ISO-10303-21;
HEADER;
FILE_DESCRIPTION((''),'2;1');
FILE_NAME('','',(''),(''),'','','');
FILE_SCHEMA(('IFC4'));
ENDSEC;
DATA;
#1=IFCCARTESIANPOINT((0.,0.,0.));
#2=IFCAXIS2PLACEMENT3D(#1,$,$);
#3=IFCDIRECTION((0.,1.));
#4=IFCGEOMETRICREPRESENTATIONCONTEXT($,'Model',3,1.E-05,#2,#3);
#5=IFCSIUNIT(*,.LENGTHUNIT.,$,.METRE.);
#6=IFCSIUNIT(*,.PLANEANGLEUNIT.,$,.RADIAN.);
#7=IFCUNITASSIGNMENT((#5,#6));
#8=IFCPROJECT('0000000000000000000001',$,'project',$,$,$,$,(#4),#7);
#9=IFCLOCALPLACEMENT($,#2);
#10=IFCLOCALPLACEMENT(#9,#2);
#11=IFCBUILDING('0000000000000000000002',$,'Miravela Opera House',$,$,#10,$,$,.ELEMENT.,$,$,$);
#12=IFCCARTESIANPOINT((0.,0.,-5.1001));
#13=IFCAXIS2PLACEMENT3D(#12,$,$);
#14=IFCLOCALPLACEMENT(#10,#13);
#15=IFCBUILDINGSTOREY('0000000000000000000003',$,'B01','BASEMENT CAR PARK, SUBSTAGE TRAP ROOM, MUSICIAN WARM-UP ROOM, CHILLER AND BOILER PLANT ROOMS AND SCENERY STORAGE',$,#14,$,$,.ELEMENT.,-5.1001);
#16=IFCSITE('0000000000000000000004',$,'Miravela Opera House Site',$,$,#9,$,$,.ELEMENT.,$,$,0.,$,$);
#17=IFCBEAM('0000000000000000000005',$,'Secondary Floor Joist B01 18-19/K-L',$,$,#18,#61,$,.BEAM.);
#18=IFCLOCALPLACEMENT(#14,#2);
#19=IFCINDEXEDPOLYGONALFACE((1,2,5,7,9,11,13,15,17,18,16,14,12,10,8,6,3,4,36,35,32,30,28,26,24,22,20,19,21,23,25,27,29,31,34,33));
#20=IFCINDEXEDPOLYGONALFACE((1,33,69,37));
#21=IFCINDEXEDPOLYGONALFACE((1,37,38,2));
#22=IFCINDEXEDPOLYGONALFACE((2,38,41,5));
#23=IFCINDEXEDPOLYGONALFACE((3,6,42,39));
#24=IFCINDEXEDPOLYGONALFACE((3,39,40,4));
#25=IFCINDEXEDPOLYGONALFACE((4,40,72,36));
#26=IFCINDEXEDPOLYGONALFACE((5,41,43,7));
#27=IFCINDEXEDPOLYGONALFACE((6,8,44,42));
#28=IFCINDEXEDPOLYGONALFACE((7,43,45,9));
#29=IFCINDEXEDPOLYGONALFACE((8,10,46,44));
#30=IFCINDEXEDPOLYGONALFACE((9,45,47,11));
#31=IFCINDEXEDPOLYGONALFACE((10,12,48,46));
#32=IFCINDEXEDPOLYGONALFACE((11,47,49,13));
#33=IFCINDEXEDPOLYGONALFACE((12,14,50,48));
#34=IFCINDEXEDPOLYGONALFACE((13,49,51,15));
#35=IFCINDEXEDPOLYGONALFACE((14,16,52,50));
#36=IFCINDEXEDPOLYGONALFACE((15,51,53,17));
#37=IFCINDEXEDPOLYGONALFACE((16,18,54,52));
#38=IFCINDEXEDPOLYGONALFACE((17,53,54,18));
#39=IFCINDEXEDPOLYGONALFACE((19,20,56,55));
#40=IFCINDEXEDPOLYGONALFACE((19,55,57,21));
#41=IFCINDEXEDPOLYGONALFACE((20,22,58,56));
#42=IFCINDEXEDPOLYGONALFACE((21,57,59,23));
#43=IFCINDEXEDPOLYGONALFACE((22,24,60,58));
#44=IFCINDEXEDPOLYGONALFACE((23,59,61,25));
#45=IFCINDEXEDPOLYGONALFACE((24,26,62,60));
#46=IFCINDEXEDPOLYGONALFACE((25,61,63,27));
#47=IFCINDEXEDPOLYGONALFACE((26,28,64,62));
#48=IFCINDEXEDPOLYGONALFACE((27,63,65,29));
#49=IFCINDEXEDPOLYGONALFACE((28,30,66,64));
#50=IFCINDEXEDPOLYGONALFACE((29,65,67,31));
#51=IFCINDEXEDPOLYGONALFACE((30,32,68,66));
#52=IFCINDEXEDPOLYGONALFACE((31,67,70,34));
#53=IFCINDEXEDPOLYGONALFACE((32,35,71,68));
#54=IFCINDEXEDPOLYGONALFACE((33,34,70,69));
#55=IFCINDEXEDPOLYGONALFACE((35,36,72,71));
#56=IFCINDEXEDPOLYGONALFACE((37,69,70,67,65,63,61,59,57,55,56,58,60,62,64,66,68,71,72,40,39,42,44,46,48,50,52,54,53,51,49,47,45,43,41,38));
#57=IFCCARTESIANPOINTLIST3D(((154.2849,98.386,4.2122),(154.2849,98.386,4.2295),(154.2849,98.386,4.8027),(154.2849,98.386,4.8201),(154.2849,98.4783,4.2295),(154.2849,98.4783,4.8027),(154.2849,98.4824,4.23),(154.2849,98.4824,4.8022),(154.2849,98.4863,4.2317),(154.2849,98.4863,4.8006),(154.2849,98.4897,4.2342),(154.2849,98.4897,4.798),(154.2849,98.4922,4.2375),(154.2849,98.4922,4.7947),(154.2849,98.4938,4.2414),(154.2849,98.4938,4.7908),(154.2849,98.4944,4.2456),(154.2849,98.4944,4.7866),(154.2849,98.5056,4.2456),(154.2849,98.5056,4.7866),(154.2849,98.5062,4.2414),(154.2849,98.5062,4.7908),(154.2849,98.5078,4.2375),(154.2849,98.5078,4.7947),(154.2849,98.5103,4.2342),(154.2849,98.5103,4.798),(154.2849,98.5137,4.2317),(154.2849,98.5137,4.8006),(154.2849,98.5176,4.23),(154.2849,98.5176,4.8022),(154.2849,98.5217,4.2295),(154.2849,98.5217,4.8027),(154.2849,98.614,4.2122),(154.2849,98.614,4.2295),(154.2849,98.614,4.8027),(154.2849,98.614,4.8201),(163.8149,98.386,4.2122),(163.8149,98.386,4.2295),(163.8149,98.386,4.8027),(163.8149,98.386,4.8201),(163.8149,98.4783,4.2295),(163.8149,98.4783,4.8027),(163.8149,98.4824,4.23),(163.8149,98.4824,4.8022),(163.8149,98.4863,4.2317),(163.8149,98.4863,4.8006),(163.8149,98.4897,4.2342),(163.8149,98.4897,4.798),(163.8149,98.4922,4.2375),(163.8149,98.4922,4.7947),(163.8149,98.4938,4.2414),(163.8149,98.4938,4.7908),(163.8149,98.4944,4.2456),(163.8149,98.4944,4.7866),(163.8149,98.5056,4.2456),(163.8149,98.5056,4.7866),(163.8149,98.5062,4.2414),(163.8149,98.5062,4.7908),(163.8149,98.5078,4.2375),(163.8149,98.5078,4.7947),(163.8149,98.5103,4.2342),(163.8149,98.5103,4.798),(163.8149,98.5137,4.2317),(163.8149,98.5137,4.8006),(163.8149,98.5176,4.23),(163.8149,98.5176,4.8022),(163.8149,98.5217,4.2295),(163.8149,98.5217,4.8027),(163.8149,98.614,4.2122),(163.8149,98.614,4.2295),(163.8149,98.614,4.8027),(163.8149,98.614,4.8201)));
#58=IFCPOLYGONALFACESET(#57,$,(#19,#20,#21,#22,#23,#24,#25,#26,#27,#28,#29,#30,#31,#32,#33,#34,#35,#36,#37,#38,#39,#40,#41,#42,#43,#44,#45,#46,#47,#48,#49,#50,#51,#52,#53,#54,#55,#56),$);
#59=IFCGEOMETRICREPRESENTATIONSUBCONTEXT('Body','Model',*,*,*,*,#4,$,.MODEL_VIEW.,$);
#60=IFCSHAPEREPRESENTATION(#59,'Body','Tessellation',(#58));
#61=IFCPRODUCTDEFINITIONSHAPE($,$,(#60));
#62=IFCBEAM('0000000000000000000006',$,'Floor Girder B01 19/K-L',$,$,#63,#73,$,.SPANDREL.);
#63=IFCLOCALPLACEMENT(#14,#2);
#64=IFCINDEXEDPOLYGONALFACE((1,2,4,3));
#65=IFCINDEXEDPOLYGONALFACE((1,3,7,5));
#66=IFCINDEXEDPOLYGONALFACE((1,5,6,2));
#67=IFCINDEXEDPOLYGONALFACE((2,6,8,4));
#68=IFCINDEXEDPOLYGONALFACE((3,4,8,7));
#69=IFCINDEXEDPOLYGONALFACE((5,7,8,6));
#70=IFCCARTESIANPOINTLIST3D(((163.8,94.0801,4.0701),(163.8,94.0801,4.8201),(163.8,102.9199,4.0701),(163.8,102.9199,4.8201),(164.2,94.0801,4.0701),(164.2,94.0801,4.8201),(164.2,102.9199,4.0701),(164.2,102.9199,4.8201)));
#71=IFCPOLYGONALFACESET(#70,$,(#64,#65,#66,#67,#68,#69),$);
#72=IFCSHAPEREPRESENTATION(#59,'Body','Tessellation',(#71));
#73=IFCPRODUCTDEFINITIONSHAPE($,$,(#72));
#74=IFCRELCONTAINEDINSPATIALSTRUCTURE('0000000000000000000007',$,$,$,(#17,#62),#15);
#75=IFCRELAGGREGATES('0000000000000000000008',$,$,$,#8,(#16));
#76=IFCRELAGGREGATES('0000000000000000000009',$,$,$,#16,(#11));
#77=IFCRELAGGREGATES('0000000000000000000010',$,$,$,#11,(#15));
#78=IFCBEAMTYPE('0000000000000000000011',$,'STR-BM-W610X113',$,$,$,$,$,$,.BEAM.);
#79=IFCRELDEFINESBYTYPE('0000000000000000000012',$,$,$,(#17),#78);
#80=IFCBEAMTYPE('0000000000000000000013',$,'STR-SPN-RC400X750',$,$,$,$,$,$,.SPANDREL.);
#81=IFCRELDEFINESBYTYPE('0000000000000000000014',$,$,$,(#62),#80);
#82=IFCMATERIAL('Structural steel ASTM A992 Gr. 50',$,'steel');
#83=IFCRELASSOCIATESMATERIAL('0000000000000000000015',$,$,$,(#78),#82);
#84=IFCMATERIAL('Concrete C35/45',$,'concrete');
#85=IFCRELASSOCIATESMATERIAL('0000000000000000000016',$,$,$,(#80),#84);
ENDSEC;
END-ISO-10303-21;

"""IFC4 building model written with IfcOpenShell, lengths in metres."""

from ifc_helpers import new_model, si_unit, direction, frame, origin, origin_2d, place, context, subcontext, project, spatial, rectangle, i_section, extrude, material, material_profile, profile_set, type_object, element, save


model = new_model("IFC4")

# Units and contexts
model_context = context("Model", 3, precision=1e-05, world=origin(), true_north=direction((0.0, 1.0)))
body_context = subcontext(model_context, "Body", "Model", "MODEL_VIEW")
ifc_project = project(units=[si_unit("LENGTHUNIT", "METRE"), si_unit("PLANEANGLEUNIT", "RADIAN")], contexts=[model_context])

# Site, building, storey
site_placement = place(None, origin())
site = spatial("IfcSite", under=ifc_project, at=site_placement, Name="Miravela Opera House Site", CompositionType="ELEMENT", RefElevation=0.0)
building_placement = place(site_placement, origin())
building = spatial("IfcBuilding", under=site, at=building_placement, Name="Miravela Opera House", CompositionType="ELEMENT")
storey_placement = place(building_placement, frame((0.0, 0.0, -5.1001)))
storey = spatial("IfcBuildingStorey", under=building, at=storey_placement, Name="B01", Description="BASEMENT CAR PARK, SUBSTAGE TRAP ROOM, MUSICIAN WARM-UP ROOM, CHILLER AND BOILER PLANT ROOMS AND SCENERY STORAGE", CompositionType="ELEMENT", Elevation=-5.1001)

# Shared definitions
ifc_material_1 = material(Name="Concrete C35/45", Category="concrete")

# Beams
ifc_material_2 = material(Name="Structural steel ASTM A992 Gr. 50", Category="steel")
ifc_material_profile_1 = material_profile(ifc_material_2, i_section(OverallWidth=0.228, OverallDepth=0.6079, WebThickness=0.0112, FlangeThickness=0.0173, FilletRadius=0.0161, at=origin_2d()), Name="W610X113")
ifc_profile_set_1 = profile_set([ifc_material_profile_1])
beam_type_1 = type_object("IfcBeamType", Name="STR-BM-W610X113", PredefinedType="BEAM", material=ifc_profile_set_1)
beam_1_placement = place(storey_placement, frame((154.2849, 98.5, 4.5161), z_axis=(1.0, 0.0, 0.0), x_axis=(0.0, 1.0, 0.0)))
element("IfcBeam", 1, at=beam_1_placement, inside=storey, type_object=beam_type_1, Name="Secondary Floor Joist B01 18-19/K-L", PredefinedType="BEAM", context=body_context, shape_type="SweptSolid", body=[
    extrude(i_section(OverallWidth=0.228, OverallDepth=0.6079, WebThickness=0.0112, FlangeThickness=0.0173, FilletRadius=0.0161, at=origin_2d()), origin(), (0.0, 0.0, 1.0), 9.53),
])
ifc_material_profile_2 = material_profile(ifc_material_1, rectangle(XDim=0.3999, YDim=0.75, at=origin_2d()), Name="RC-SPN-400X750")
ifc_profile_set_2 = profile_set([ifc_material_profile_2])
beam_type_2 = type_object("IfcBeamType", Name="STR-SPN-RC400X750", PredefinedType="SPANDREL", material=ifc_profile_set_2)
beam_2_placement = place(storey_placement, frame((164.0, 94.0801, 4.4451), z_axis=(0.0, 1.0, 0.0), x_axis=(-1.0, 0.0, 0.0)))
element("IfcBeam", 2, at=beam_2_placement, inside=storey, type_object=beam_type_2, Name="Floor Girder B01 19/K-L", PredefinedType="SPANDREL", context=body_context, shape_type="SweptSolid", body=[
    extrude(rectangle(XDim=0.3999, YDim=0.75, at=origin_2d()), origin(), (0.0, 0.0, 1.0), 8.8398),
])

save(model, "model.ifc")
